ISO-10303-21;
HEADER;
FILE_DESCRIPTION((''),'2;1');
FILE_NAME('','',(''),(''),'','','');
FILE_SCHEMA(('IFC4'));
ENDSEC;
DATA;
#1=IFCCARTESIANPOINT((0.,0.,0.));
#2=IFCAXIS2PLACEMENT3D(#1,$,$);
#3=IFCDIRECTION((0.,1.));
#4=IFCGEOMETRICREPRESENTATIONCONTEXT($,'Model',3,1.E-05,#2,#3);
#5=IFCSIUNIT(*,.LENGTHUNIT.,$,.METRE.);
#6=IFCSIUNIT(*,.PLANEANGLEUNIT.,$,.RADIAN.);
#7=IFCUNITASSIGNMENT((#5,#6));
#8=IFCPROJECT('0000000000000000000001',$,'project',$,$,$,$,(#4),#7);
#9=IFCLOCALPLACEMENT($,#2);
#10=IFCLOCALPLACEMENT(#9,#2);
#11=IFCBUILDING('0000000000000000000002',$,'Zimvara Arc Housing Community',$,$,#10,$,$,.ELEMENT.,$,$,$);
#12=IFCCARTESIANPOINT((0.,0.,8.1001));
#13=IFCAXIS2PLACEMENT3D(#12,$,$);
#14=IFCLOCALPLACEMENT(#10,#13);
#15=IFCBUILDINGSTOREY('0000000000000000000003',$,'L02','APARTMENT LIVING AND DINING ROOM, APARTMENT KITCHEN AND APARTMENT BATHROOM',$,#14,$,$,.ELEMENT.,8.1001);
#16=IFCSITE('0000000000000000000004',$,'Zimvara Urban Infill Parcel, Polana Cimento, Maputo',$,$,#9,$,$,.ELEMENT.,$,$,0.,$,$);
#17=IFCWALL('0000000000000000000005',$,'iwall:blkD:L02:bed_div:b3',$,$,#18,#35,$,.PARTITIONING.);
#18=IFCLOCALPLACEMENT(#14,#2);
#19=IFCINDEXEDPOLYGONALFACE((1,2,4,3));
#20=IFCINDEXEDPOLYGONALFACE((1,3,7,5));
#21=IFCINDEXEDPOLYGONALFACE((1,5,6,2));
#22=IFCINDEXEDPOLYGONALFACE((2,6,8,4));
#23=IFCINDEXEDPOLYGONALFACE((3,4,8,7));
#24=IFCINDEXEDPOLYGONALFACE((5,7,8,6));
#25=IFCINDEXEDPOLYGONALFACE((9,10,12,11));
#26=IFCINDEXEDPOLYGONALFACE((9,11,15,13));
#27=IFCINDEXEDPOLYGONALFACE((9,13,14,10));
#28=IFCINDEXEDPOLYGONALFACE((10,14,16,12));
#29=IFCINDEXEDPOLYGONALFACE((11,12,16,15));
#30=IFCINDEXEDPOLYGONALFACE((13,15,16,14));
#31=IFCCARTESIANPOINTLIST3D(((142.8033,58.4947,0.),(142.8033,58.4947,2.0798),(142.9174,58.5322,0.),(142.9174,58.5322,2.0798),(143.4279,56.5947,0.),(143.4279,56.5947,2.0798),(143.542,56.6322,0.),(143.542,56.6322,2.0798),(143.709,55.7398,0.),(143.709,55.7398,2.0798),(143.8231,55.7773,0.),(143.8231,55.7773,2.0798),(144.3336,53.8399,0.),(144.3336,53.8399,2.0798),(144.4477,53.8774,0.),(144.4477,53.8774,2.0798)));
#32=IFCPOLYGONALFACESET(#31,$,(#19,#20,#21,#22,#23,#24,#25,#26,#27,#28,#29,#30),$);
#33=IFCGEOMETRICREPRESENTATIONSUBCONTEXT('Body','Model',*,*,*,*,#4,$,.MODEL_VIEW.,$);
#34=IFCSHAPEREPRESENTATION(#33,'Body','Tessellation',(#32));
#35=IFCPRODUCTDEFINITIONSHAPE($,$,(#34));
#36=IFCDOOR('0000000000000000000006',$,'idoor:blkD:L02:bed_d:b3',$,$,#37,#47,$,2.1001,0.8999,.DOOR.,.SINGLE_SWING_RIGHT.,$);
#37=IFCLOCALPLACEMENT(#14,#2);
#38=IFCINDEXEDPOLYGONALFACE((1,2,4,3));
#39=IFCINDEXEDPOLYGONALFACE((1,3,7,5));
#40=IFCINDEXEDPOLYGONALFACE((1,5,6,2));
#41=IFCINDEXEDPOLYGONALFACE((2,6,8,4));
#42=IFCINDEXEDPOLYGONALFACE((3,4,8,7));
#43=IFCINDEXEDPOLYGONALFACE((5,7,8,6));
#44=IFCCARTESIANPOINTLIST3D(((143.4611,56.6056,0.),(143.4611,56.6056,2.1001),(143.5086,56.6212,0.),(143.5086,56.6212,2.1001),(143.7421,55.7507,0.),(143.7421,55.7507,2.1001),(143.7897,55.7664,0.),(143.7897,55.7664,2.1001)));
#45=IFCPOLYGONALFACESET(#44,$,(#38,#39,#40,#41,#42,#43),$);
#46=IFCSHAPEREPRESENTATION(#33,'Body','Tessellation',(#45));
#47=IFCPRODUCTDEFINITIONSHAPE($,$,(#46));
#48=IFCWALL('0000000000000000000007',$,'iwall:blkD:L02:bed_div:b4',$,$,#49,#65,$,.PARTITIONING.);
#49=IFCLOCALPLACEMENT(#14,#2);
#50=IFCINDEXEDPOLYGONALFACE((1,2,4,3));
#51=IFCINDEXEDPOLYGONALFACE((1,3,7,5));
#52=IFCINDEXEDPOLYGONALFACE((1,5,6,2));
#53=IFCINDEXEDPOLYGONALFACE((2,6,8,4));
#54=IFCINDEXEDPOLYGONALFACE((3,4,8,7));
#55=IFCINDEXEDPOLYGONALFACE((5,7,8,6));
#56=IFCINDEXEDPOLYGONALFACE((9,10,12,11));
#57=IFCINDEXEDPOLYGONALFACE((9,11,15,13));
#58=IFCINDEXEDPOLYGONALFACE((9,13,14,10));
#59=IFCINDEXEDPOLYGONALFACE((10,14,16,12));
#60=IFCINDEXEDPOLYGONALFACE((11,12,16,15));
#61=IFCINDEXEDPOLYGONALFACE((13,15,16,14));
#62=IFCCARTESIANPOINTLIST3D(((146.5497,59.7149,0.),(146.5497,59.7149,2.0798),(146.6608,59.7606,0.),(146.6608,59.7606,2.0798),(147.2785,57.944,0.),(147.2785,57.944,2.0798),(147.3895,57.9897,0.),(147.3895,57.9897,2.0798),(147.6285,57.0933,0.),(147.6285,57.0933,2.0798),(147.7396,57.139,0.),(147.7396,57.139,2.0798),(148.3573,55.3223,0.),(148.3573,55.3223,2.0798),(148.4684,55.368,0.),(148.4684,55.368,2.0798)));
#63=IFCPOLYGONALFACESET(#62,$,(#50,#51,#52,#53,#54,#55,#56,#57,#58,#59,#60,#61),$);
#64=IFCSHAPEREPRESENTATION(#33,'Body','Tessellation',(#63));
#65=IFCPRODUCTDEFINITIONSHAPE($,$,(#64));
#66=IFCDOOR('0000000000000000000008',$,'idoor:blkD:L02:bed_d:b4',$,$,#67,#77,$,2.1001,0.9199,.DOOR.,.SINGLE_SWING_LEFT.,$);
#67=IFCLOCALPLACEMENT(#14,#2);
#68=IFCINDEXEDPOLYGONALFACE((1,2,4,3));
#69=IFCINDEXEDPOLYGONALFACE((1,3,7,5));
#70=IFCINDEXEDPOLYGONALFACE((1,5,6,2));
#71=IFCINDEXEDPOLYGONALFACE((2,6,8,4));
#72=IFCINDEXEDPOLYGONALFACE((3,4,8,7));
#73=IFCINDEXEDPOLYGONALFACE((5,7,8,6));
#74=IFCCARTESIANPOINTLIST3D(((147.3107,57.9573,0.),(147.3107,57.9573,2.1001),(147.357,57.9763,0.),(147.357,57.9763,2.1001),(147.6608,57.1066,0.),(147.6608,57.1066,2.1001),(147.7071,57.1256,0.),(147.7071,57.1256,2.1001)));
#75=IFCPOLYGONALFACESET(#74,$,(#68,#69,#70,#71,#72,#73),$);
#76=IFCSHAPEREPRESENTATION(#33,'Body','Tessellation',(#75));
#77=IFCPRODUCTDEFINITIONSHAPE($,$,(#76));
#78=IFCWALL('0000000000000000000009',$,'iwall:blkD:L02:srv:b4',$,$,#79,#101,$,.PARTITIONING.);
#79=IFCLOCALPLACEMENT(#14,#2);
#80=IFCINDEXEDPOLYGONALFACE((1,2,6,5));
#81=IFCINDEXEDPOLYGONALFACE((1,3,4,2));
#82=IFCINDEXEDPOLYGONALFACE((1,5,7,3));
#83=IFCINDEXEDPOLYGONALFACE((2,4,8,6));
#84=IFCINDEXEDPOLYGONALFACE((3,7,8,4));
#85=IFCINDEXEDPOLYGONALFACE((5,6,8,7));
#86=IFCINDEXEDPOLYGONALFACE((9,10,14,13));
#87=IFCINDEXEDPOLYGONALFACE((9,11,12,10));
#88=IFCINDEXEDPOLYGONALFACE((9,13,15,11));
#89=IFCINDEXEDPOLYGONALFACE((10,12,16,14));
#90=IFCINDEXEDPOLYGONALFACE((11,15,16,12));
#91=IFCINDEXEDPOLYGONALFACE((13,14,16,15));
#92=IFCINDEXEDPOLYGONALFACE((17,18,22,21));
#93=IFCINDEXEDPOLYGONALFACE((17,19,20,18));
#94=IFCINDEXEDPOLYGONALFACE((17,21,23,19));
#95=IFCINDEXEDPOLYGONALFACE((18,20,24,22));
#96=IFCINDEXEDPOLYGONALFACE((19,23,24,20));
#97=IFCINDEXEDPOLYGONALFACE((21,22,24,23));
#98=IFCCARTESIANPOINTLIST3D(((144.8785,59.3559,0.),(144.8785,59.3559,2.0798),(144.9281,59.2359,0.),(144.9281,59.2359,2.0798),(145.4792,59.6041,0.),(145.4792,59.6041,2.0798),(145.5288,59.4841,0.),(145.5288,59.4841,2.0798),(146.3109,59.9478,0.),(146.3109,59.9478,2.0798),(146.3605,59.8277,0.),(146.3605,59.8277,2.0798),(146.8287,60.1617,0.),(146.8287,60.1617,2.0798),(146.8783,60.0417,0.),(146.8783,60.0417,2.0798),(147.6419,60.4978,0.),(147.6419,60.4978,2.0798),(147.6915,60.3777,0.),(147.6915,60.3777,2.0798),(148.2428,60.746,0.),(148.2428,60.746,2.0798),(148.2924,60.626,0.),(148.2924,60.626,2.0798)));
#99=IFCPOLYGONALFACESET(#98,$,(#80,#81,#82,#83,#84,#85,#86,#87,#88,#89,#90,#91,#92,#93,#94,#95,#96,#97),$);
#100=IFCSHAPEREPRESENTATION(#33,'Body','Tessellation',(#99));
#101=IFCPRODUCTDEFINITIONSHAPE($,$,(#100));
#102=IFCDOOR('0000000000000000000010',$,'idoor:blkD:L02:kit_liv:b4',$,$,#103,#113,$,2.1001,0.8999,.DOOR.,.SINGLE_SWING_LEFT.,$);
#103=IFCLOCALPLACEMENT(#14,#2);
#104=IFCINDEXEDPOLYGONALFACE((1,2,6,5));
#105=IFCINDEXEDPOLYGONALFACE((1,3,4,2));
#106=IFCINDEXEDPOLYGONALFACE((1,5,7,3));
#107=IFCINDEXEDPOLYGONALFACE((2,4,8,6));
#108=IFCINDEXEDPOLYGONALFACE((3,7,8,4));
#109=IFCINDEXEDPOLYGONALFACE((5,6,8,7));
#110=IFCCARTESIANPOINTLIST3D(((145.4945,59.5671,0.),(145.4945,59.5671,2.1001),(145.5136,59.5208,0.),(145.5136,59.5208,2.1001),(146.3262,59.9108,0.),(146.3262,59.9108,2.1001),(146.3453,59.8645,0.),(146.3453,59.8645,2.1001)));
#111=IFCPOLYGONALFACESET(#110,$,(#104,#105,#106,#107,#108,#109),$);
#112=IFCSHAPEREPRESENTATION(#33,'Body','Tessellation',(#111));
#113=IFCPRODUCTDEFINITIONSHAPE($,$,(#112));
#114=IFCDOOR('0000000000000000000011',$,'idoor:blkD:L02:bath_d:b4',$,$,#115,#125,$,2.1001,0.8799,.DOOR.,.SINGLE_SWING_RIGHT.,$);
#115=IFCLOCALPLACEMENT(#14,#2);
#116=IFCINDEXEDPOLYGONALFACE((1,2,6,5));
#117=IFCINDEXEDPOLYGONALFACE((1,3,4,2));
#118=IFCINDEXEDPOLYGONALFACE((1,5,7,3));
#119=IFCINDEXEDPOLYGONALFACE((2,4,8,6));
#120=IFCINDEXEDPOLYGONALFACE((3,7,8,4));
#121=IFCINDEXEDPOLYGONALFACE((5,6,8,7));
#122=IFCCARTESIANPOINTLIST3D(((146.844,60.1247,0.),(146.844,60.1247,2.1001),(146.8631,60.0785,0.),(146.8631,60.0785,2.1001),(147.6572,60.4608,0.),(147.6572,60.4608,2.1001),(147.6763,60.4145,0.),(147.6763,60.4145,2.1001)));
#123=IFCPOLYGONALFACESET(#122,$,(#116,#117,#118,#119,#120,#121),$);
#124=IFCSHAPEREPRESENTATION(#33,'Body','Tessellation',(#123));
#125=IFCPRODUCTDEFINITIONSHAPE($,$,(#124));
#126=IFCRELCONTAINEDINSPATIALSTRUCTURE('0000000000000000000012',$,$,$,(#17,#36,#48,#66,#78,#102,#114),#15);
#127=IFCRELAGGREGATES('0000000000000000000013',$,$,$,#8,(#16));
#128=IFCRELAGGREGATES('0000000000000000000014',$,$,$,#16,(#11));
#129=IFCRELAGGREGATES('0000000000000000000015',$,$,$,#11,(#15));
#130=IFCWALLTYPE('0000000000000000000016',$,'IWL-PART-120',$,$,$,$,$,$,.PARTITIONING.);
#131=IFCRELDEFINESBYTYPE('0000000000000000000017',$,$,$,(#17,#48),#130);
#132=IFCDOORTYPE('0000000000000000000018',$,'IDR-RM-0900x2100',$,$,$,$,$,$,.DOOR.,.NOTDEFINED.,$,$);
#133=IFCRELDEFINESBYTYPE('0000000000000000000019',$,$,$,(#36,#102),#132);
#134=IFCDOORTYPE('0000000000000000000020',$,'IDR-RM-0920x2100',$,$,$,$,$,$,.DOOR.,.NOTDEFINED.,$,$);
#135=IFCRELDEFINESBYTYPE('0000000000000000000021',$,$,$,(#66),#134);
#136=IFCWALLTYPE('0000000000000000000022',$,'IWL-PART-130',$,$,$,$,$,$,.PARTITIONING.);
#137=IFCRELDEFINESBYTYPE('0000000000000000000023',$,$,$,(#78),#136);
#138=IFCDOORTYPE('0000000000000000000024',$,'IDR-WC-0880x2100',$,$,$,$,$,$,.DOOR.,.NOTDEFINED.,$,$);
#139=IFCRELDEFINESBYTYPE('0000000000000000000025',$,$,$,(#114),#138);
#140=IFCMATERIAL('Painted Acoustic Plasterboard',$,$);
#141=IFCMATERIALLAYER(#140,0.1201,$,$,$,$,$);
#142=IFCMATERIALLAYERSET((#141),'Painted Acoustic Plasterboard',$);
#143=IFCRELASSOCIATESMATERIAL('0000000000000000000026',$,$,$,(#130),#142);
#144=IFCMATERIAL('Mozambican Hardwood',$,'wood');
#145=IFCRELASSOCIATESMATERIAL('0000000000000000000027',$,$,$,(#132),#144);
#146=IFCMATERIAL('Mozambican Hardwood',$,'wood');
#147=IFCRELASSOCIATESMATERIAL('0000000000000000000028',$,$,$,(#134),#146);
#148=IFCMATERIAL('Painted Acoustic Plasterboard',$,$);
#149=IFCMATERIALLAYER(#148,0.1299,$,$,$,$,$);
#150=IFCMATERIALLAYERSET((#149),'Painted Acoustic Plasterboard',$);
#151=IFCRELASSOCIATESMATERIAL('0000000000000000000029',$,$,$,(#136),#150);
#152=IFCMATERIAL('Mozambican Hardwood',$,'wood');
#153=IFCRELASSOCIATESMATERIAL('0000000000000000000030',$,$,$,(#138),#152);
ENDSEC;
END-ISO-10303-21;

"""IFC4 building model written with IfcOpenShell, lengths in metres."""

from ifc_helpers import new_model, si_unit, direction, frame, frame_2d, origin, place, context, subcontext, project, spatial, rectangle, extrude, material, layer, layer_set, type_object, element, fill, save


model = new_model("IFC4")

# Units and contexts
model_context = context("Model", 3, precision=1e-05, world=origin(), true_north=direction((0.0, 1.0)))
body_context = subcontext(model_context, "Body", "Model", "MODEL_VIEW")
ifc_project = project(units=[si_unit("LENGTHUNIT", "METRE"), si_unit("PLANEANGLEUNIT", "RADIAN")], contexts=[model_context])

# Site, building, storey
site_placement = place(None, origin())
site = spatial("IfcSite", under=ifc_project, at=site_placement, Name="Zimvara Urban Infill Parcel, Polana Cimento, Maputo", CompositionType="ELEMENT", RefElevation=0.0)
building_placement = place(site_placement, origin())
building = spatial("IfcBuilding", under=site, at=building_placement, Name="Zimvara Arc Housing Community", CompositionType="ELEMENT")
storey_placement = place(building_placement, frame((0.0, 0.0, 8.1001)))
storey = spatial("IfcBuildingStorey", under=building, at=storey_placement, Name="L02", Description="APARTMENT LIVING AND DINING ROOM, APARTMENT KITCHEN AND APARTMENT BATHROOM", CompositionType="ELEMENT", Elevation=8.1001)

# Walls, openings, doors
ifc_material_1 = material(Name="Painted Acoustic Plasterboard")
ifc_layer_1 = layer(ifc_material_1, 0.1201)
ifc_layer_set_1 = layer_set([ifc_layer_1], Name="Painted Acoustic Plasterboard")
wall_type_1 = type_object("IfcWallType", Name="IWL-PART-120", PredefinedType="PARTITIONING", material=ifc_layer_set_1)
wall_1_placement = place(storey_placement, frame((142.8604, 58.5134, 0.0), z_axis=(0.0, 0.0, 1.0), x_axis=(0.312309, -0.949981, 0.0)))
wall_1 = element("IfcWall", 1, at=wall_1_placement, inside=storey, type_object=wall_type_1, Name="iwall:blkD:L02:bed_div:b3", PredefinedType="PARTITIONING", context=body_context, shape_type="SweptSolid", body=[
    extrude(rectangle(XDim=4.8999, YDim=0.1201, at=frame_2d((2.45, 0.0))), origin(), (0.0, 0.0, 1.0), 2.0798),
])
opening_1_placement = place(wall_1_placement, frame((2.0, 0.0, 0.0)))
opening_1 = element("IfcOpeningElement", 2, at=opening_1_placement, cuts=wall_1, PredefinedType="OPENING", context=body_context, shape_type="SweptSolid", body=[
    extrude(rectangle(XDim=0.8999, YDim=2.1001, at=frame_2d((0.45, 1.05))), frame((0.0, 0.0701, 0.0), z_axis=(0.0, -1.0, 0.0), x_axis=(1.0, 0.0, 0.0)), (0.0, 0.0, 1.0), 0.1401),
])
ifc_material_2 = material(Name="Mozambican Hardwood", Category="wood")
door_type_1 = type_object("IfcDoorType", Name="IDR-RM-0900x2100", OperationType="NOTDEFINED", PredefinedType="DOOR", material=ifc_material_2)
door_1_placement = place(opening_1_placement, origin())
door_1 = element("IfcDoor", 3, at=door_1_placement, inside=storey, type_object=door_type_1, Name="idoor:blkD:L02:bed_d:b3", OperationType="SINGLE_SWING_RIGHT", OverallHeight=2.1001, OverallWidth=0.8999, PredefinedType="DOOR", context=body_context, shape_type="SweptSolid", body=[
    extrude(rectangle(XDim=0.8999, YDim=2.1001, at=frame_2d((0.45, 1.05))), frame((0.0, 0.0249, 0.0), z_axis=(0.0, -1.0, 0.0), x_axis=(1.0, 0.0, 0.0)), (0.0, 0.0, 1.0), 0.05),
])
fill(opening_1, door_1)
wall_2_placement = place(storey_placement, frame((146.6052, 59.7378, 0.0), z_axis=(0.0, 0.0, 1.0), x_axis=(0.380553, -0.924759, 0.0)))
wall_2 = element("IfcWall", 4, at=wall_2_placement, inside=storey, type_object=wall_type_1, Name="iwall:blkD:L02:bed_div:b4", PredefinedType="PARTITIONING", context=body_context, shape_type="SweptSolid", body=[
    extrude(rectangle(XDim=4.75, YDim=0.1201, at=frame_2d((2.375, 0.0))), origin(), (0.0, 0.0, 1.0), 2.0798),
])
opening_2_placement = place(wall_2_placement, frame((1.915, 0.0, 0.0)))
opening_2 = element("IfcOpeningElement", 5, at=opening_2_placement, cuts=wall_2, PredefinedType="OPENING", context=body_context, shape_type="SweptSolid", body=[
    extrude(rectangle(XDim=0.9199, YDim=2.1001, at=frame_2d((0.46, 1.05))), frame((0.0, 0.0701, 0.0), z_axis=(0.0, -1.0, 0.0), x_axis=(1.0, 0.0, 0.0)), (0.0, 0.0, 1.0), 0.1401),
])
ifc_material_3 = material(Name="Mozambican Hardwood", Category="wood")
door_type_2 = type_object("IfcDoorType", Name="IDR-RM-0920x2100", OperationType="NOTDEFINED", PredefinedType="DOOR", material=ifc_material_3)
door_2_placement = place(opening_2_placement, origin())
door_2 = element("IfcDoor", 6, at=door_2_placement, inside=storey, type_object=door_type_2, Name="idoor:blkD:L02:bed_d:b4", OperationType="SINGLE_SWING_LEFT", OverallHeight=2.1001, OverallWidth=0.9199, PredefinedType="DOOR", context=body_context, shape_type="SweptSolid", body=[
    extrude(rectangle(XDim=0.9199, YDim=2.1001, at=frame_2d((0.46, 1.05))), frame((0.0, 0.0249, 0.0), z_axis=(0.0, -1.0, 0.0), x_axis=(1.0, 0.0, 0.0)), (0.0, 0.0, 1.0), 0.05),
])
fill(opening_2, door_2)

# Wall, openings, doors
ifc_material_4 = material(Name="Painted Acoustic Plasterboard")
ifc_layer_2 = layer(ifc_material_4, 0.1299)
ifc_layer_set_2 = layer_set([ifc_layer_2], Name="Painted Acoustic Plasterboard")
wall_type_2 = type_object("IfcWallType", Name="IWL-PART-130", PredefinedType="PARTITIONING", material=ifc_layer_set_2)
wall_3_placement = place(storey_placement, frame((144.9033, 59.2959, 0.0), z_axis=(0.0, 0.0, 1.0), x_axis=(0.924208, 0.38189, 0.0)))
wall_3 = element("IfcWall", 7, at=wall_3_placement, inside=storey, type_object=wall_type_2, Name="iwall:blkD:L02:srv:b4", PredefinedType="PARTITIONING", context=body_context, shape_type="SweptSolid", body=[
    extrude(rectangle(XDim=3.6401, YDim=0.1299, at=frame_2d((1.8201, 0.0))), origin(), (0.0, 0.0, 1.0), 2.0798),
])
opening_3_placement = place(wall_3_placement, frame((0.6499, 0.0, 0.0)))
opening_3 = element("IfcOpeningElement", 8, at=opening_3_placement, cuts=wall_3, PredefinedType="OPENING", context=body_context, shape_type="SweptSolid", body=[
    extrude(rectangle(XDim=0.8999, YDim=2.1001, at=frame_2d((0.45, 1.05))), frame((0.0, 0.075, 0.0), z_axis=(0.0, -1.0, 0.0), x_axis=(1.0, 0.0, 0.0)), (0.0, 0.0, 1.0), 0.1499),
])
opening_4_placement = place(wall_3_placement, frame((2.1101, 0.0, 0.0)))
opening_4 = element("IfcOpeningElement", 9, at=opening_4_placement, cuts=wall_3, PredefinedType="OPENING", context=body_context, shape_type="SweptSolid", body=[
    extrude(rectangle(XDim=0.8799, YDim=2.1001, at=frame_2d((0.4399, 1.05))), frame((0.0, 0.075, 0.0), z_axis=(0.0, -1.0, 0.0), x_axis=(1.0, 0.0, 0.0)), (0.0, 0.0, 1.0), 0.1499),
])
door_3_placement = place(opening_3_placement, origin())
door_3 = element("IfcDoor", 10, at=door_3_placement, inside=storey, type_object=door_type_1, Name="idoor:blkD:L02:kit_liv:b4", OperationType="SINGLE_SWING_LEFT", OverallHeight=2.1001, OverallWidth=0.8999, PredefinedType="DOOR", context=body_context, shape_type="SweptSolid", body=[
    extrude(rectangle(XDim=0.8999, YDim=2.1001, at=frame_2d((0.45, 1.05))), frame((0.0, 0.0249, 0.0), z_axis=(0.0, -1.0, 0.0), x_axis=(1.0, 0.0, 0.0)), (0.0, 0.0, 1.0), 0.05),
])
fill(opening_3, door_3)
ifc_material_5 = material(Name="Mozambican Hardwood", Category="wood")
door_type_3 = type_object("IfcDoorType", Name="IDR-WC-0880x2100", OperationType="NOTDEFINED", PredefinedType="DOOR", material=ifc_material_5)
door_4_placement = place(opening_4_placement, origin())
door_4 = element("IfcDoor", 11, at=door_4_placement, inside=storey, type_object=door_type_3, Name="idoor:blkD:L02:bath_d:b4", OperationType="SINGLE_SWING_RIGHT", OverallHeight=2.1001, OverallWidth=0.8799, PredefinedType="DOOR", context=body_context, shape_type="SweptSolid", body=[
    extrude(rectangle(XDim=0.8799, YDim=2.1001, at=frame_2d((0.4399, 1.05))), frame((0.0, 0.0249, 0.0), z_axis=(0.0, -1.0, 0.0), x_axis=(1.0, 0.0, 0.0)), (0.0, 0.0, 1.0), 0.05),
])
fill(opening_4, door_4)

save(model, "model.ifc")
